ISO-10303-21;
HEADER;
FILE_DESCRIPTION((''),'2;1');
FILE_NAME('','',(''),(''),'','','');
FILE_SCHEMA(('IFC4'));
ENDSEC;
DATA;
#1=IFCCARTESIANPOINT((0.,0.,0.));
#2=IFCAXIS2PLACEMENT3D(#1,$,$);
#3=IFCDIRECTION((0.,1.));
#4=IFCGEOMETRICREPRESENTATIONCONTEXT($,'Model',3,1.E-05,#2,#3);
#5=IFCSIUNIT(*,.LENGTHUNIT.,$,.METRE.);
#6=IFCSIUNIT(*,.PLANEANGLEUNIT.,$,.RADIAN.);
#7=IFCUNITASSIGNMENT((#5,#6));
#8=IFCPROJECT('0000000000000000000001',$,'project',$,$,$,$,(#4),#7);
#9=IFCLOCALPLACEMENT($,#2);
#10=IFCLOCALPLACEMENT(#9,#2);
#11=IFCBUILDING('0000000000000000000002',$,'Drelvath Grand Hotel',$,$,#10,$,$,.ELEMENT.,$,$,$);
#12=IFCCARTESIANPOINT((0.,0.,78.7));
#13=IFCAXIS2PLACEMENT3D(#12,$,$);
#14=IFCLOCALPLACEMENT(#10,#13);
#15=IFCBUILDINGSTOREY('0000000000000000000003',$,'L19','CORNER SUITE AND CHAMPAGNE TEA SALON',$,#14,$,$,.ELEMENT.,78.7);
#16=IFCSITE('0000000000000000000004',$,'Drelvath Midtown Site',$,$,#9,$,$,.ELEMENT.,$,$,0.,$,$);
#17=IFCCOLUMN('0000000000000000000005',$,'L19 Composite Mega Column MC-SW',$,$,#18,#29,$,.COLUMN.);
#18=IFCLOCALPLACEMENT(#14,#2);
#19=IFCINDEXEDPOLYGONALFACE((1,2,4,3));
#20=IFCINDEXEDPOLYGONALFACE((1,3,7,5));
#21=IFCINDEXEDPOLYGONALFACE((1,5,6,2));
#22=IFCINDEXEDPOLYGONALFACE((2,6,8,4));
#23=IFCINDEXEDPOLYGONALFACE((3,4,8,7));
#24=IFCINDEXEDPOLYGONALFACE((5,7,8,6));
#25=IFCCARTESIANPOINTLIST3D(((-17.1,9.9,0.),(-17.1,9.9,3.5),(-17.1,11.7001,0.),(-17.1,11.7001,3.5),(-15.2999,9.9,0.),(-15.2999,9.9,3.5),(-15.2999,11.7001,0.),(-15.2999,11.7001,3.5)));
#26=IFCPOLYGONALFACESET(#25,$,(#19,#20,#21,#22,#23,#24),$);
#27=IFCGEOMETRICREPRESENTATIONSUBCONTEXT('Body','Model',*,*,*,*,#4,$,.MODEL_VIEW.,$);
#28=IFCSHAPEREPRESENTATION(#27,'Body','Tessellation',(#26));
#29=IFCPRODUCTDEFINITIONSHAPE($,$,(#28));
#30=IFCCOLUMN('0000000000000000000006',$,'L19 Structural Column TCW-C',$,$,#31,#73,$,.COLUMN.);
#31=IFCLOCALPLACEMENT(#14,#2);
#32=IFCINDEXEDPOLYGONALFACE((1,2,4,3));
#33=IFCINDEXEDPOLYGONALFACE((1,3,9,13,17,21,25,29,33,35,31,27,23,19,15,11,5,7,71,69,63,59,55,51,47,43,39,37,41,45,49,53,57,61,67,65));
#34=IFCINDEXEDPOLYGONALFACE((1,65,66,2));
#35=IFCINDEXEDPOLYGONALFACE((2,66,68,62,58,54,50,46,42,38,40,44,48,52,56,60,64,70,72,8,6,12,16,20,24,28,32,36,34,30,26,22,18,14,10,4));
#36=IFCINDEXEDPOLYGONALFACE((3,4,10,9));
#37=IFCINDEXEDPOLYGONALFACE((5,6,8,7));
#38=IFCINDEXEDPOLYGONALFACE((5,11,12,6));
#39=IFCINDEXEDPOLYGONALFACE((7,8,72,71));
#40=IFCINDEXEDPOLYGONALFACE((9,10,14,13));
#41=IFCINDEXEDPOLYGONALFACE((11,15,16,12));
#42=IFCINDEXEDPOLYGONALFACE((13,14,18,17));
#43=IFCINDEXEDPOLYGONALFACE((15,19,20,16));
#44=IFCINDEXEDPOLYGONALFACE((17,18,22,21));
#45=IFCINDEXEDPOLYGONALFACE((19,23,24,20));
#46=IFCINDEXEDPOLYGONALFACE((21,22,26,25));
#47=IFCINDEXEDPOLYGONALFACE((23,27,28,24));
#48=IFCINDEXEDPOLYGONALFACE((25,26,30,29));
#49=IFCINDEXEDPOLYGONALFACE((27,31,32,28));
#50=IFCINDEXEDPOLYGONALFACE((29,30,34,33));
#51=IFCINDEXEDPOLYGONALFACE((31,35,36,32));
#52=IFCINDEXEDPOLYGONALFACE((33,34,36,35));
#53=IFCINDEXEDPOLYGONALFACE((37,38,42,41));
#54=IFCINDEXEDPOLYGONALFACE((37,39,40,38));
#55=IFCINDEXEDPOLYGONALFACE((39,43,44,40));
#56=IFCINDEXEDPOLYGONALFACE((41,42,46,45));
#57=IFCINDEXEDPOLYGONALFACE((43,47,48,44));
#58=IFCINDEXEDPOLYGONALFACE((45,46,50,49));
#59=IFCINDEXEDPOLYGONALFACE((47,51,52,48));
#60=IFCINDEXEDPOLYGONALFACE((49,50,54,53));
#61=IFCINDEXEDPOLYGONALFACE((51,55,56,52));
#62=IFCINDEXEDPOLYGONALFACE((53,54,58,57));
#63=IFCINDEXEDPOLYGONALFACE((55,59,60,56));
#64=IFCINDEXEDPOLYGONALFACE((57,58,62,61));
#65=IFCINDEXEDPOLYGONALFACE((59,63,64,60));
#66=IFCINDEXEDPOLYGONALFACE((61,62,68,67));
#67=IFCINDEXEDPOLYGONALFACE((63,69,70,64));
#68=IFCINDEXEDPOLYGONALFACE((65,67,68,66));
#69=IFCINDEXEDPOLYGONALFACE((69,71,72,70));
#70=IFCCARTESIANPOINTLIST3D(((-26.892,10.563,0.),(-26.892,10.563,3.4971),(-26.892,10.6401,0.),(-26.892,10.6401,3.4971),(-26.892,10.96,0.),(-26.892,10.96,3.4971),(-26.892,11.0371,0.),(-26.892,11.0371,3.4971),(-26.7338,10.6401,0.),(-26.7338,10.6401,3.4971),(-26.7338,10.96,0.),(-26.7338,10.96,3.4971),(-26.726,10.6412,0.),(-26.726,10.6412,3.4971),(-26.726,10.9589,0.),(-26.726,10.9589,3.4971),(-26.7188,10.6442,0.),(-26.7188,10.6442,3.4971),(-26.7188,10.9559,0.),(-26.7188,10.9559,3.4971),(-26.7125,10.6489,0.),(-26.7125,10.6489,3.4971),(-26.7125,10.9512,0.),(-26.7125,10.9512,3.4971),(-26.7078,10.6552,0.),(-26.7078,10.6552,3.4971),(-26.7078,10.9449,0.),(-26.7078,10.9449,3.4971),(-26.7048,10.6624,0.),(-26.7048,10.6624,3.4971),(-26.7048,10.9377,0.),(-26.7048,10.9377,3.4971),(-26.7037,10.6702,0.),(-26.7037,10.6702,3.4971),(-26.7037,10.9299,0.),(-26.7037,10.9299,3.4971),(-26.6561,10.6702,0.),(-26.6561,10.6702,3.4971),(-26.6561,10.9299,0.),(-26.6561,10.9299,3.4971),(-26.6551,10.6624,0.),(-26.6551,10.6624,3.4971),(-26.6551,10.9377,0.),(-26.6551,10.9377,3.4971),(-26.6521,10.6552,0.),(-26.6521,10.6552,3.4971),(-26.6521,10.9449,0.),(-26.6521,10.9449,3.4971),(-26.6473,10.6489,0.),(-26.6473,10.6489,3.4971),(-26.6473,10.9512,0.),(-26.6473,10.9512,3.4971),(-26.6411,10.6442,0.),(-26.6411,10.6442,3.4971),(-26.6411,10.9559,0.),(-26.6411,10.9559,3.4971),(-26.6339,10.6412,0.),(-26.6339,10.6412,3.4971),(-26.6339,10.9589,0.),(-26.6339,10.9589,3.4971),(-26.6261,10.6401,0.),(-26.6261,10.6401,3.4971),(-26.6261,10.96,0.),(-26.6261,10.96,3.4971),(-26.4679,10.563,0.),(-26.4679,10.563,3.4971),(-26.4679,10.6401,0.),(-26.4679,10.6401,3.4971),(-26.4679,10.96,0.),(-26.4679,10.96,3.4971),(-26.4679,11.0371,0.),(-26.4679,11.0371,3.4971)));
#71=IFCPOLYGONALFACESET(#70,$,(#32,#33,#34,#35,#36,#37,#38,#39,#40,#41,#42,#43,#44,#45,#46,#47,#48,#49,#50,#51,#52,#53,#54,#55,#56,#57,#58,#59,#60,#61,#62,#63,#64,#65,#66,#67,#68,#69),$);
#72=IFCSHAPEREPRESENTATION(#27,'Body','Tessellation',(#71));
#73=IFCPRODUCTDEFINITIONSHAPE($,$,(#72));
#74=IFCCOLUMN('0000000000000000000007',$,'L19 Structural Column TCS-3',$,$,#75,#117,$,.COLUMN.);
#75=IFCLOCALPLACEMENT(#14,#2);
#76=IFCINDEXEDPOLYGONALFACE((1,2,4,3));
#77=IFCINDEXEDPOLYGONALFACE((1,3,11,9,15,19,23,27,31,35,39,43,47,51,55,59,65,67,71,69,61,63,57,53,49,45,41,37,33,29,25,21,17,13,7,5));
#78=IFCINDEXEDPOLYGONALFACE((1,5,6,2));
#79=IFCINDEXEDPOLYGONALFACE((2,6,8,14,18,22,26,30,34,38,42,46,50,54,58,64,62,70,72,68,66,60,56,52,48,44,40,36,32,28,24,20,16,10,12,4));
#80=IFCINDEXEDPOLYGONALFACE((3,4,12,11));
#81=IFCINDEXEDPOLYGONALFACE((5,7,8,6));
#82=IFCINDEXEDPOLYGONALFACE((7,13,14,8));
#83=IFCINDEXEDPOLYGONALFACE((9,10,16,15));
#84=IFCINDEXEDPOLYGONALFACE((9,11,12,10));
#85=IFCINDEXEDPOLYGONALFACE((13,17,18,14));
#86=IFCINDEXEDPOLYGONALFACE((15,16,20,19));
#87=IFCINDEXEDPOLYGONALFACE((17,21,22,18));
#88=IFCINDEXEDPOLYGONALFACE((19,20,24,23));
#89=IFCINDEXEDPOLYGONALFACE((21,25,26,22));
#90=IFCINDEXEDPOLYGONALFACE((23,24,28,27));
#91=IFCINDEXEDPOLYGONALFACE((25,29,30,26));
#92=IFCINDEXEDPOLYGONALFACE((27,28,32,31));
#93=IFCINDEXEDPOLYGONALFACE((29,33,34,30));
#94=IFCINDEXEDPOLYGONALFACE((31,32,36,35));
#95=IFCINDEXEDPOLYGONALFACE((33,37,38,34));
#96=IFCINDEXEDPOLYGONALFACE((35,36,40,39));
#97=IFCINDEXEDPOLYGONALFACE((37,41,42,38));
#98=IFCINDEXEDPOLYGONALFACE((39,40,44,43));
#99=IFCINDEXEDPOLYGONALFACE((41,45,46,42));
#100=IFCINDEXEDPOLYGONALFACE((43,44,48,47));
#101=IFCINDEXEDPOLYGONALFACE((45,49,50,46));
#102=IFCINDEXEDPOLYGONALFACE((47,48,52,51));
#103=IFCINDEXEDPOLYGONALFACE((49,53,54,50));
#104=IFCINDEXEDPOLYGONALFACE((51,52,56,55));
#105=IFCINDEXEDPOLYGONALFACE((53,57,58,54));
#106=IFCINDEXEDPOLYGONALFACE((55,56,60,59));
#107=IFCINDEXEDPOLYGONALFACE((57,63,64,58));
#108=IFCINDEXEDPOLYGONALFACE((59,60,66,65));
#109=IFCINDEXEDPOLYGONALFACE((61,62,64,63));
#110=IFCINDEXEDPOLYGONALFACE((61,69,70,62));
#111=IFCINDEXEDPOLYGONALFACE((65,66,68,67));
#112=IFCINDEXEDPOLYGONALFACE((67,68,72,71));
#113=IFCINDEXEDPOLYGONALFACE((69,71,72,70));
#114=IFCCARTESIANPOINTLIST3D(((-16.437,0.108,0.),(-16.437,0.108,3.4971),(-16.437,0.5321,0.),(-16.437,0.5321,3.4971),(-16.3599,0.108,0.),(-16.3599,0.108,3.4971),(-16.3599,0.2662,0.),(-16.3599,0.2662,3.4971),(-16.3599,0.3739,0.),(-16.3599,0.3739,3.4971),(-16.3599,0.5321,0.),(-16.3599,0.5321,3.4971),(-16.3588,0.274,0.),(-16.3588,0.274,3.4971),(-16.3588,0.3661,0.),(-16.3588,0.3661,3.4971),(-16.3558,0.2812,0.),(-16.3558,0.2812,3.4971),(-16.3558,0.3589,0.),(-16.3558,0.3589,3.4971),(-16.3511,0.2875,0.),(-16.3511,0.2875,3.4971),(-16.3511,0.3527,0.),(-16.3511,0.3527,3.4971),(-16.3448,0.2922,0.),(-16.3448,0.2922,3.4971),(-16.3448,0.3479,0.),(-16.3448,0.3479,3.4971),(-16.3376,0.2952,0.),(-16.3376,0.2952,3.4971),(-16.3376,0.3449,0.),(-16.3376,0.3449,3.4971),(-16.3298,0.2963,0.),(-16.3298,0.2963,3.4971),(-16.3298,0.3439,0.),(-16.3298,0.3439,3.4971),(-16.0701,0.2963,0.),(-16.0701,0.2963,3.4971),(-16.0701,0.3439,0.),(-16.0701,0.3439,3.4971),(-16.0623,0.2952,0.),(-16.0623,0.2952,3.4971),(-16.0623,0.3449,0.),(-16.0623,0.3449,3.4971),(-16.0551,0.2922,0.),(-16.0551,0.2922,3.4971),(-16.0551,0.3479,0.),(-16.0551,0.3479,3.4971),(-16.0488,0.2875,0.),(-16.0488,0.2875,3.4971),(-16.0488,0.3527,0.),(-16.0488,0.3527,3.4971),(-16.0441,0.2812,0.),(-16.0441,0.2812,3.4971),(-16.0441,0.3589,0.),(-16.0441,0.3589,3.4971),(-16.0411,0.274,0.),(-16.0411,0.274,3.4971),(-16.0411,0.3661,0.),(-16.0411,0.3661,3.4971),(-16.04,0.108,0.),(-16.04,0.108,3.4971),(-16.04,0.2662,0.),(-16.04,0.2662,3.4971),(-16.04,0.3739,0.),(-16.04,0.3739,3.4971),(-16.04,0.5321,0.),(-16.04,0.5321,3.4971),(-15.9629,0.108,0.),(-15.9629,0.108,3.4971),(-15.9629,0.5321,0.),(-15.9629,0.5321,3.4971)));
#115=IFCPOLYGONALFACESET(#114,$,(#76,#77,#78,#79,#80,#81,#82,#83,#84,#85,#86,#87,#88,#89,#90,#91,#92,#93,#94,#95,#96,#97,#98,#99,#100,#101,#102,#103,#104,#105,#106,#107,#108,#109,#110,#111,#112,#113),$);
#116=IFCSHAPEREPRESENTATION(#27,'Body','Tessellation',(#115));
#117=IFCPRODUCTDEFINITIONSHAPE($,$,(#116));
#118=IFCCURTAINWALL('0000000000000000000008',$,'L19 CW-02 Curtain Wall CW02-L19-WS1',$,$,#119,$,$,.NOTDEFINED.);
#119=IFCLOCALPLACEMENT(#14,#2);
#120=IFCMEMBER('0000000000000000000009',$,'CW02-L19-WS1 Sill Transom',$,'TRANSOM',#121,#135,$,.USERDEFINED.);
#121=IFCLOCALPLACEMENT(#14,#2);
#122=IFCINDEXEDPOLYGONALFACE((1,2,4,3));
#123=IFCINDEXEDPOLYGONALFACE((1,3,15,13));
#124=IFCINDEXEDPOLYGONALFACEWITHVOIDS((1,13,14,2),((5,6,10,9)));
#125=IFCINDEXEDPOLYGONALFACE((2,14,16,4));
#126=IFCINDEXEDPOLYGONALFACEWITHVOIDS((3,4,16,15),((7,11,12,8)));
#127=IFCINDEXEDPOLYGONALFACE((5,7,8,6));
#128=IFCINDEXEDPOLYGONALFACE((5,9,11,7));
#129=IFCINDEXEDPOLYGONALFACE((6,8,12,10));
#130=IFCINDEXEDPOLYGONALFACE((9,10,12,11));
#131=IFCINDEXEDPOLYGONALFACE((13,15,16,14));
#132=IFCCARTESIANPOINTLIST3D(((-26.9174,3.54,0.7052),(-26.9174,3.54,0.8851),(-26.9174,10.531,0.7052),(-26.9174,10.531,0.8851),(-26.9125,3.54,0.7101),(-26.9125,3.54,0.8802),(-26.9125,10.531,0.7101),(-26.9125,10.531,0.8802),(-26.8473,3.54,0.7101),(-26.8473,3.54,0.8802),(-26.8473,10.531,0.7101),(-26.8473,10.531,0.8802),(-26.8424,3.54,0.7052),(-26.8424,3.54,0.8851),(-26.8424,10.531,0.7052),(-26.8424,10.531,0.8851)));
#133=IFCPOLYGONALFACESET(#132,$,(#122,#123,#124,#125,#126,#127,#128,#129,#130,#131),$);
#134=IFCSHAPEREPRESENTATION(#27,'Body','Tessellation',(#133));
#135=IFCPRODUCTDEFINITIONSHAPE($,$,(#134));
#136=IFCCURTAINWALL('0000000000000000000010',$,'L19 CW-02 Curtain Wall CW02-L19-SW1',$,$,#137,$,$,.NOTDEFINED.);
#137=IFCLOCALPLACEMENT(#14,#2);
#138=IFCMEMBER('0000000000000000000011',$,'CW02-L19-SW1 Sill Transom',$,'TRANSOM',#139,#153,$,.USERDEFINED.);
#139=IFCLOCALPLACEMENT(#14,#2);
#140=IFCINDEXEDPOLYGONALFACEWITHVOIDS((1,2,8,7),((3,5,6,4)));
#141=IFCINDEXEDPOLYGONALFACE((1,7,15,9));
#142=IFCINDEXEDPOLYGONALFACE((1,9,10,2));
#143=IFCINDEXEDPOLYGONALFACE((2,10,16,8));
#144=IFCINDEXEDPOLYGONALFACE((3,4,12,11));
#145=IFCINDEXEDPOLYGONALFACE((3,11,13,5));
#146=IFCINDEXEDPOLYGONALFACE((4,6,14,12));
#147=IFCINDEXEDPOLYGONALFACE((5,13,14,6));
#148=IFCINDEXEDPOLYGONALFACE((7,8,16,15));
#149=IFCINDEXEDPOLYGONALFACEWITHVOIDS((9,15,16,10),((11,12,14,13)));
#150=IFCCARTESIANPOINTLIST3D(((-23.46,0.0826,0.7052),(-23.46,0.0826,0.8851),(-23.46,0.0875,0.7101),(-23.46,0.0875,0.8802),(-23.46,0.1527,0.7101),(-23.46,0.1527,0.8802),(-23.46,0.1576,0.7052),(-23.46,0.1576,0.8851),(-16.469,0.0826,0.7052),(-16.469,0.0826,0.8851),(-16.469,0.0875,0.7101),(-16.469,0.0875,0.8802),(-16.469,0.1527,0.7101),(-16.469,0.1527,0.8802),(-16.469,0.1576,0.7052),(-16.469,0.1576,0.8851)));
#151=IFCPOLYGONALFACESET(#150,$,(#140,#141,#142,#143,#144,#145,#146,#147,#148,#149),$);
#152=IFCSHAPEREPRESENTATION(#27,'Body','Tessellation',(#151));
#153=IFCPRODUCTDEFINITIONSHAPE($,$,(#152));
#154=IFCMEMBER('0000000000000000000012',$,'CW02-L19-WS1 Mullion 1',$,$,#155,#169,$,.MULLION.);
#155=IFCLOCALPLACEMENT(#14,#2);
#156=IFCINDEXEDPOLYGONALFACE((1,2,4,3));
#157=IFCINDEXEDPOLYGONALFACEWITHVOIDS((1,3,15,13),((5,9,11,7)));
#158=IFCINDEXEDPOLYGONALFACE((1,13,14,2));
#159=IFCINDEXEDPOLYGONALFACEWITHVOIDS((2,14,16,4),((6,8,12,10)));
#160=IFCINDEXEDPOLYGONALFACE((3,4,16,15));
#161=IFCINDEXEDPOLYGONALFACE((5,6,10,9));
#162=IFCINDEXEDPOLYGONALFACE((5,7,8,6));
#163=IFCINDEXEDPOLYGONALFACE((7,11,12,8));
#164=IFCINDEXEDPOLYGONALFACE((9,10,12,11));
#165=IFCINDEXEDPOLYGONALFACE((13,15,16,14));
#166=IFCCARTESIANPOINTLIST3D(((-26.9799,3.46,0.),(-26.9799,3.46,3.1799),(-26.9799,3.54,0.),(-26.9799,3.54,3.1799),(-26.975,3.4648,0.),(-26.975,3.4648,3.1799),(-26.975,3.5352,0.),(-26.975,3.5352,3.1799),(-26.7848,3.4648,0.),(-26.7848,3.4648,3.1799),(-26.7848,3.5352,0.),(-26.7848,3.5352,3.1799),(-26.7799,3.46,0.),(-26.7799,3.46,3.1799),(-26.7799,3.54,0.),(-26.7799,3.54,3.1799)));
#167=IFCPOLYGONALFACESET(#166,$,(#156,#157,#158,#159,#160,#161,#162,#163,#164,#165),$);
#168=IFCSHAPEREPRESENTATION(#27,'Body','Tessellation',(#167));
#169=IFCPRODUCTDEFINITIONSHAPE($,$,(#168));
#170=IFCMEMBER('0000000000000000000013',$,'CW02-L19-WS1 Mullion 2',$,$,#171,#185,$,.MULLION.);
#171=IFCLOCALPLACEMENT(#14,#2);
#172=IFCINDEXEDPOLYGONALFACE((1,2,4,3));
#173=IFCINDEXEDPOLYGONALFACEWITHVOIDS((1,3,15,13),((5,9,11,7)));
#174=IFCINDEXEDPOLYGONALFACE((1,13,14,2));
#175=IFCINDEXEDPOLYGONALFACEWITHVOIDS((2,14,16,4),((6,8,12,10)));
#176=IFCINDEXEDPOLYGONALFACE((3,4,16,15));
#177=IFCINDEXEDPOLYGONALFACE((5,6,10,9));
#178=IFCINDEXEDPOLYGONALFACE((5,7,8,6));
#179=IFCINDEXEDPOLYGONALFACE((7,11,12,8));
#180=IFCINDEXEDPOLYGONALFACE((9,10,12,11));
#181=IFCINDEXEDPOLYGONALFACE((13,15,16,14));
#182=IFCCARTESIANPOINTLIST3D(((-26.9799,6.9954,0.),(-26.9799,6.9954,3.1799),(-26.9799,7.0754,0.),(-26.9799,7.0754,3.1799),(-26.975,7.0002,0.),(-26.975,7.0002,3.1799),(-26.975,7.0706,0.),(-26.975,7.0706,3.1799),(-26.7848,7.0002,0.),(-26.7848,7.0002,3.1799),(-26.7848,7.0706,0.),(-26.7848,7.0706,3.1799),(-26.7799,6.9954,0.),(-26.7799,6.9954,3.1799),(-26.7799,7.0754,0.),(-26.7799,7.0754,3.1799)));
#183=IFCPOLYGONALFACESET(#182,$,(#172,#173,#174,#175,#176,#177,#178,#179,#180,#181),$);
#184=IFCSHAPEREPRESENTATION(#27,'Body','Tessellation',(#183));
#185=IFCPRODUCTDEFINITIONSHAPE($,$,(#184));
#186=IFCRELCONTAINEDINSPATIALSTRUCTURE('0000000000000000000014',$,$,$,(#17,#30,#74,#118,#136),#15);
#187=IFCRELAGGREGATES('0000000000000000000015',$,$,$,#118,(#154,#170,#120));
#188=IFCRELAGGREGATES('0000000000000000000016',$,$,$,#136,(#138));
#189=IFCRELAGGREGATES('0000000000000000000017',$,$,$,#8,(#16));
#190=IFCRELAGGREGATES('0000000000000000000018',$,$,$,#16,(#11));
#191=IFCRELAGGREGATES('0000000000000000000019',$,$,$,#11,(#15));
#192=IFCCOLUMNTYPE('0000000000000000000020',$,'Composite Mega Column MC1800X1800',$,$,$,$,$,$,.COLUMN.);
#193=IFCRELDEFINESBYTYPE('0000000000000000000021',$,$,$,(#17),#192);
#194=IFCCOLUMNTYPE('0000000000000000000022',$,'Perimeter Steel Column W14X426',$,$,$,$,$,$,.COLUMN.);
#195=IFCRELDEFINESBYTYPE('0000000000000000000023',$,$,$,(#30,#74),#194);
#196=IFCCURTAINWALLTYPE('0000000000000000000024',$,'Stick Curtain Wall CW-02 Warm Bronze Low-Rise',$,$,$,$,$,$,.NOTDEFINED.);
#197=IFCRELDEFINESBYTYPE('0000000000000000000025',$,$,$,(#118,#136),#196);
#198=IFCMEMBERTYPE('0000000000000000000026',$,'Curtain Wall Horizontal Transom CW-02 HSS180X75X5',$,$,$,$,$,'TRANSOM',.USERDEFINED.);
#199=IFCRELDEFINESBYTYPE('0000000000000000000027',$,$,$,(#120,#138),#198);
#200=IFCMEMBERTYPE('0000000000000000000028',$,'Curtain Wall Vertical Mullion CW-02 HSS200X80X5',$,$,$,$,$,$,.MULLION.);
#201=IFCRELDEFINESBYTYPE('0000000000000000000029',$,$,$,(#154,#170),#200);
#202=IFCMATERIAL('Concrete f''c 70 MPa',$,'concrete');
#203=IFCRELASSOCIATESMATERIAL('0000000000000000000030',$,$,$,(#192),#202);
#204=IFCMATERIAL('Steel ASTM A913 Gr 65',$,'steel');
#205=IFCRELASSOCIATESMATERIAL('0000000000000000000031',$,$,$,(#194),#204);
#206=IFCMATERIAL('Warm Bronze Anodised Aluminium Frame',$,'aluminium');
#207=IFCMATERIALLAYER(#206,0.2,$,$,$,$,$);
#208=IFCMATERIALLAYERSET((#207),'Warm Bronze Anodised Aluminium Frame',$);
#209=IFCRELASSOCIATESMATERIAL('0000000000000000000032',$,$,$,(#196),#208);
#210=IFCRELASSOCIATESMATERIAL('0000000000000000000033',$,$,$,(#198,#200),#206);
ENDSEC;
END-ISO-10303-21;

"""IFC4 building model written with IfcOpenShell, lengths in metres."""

from ifc_helpers import new_model, si_unit, direction, frame, origin, origin_2d, place, context, subcontext, project, spatial, rectangle, hollow_rectangle, i_section, extrude, material, layer, layer_set, material_profile, profile_set, type_object, element, aggregate, save


model = new_model("IFC4")

# Units and contexts
model_context = context("Model", 3, precision=1e-05, world=origin(), true_north=direction((0.0, 1.0)))
body_context = subcontext(model_context, "Body", "Model", "MODEL_VIEW")
ifc_project = project(units=[si_unit("LENGTHUNIT", "METRE"), si_unit("PLANEANGLEUNIT", "RADIAN")], contexts=[model_context])

# Site, building, storey
site_placement = place(None, origin())
site = spatial("IfcSite", under=ifc_project, at=site_placement, Name="Drelvath Midtown Site", CompositionType="ELEMENT", RefElevation=0.0)
building_placement = place(site_placement, origin())
building = spatial("IfcBuilding", under=site, at=building_placement, Name="Drelvath Grand Hotel", CompositionType="ELEMENT")
storey_placement = place(building_placement, frame((0.0, 0.0, 78.7)))
storey = spatial("IfcBuildingStorey", under=building, at=storey_placement, Name="L19", Description="CORNER SUITE AND CHAMPAGNE TEA SALON", CompositionType="ELEMENT", Elevation=78.7)

# Columns
ifc_material_1 = material(Name="Concrete f'c 70 MPa", Category="concrete")
ifc_material_profile_1 = material_profile(ifc_material_1, rectangle(XDim=1.8, YDim=1.8, at=origin_2d()), Name="MC1800X1800")
ifc_profile_set_1 = profile_set([ifc_material_profile_1], Name="Concrete f'c 70 MPa")
column_type_1 = type_object("IfcColumnType", Name="Composite Mega Column MC1800X1800", PredefinedType="COLUMN", material=ifc_profile_set_1)
column_placement = place(storey_placement, frame((-16.2, 10.8, 0.0), z_axis=(0.0, 0.0, 1.0), x_axis=(1.0, 0.0, 0.0)))
element("IfcColumn", 1, at=column_placement, inside=storey, type_object=column_type_1, Name="L19 Composite Mega Column MC-SW", PredefinedType="COLUMN", context=body_context, shape_type="SweptSolid", body=[
    extrude(rectangle(XDim=1.8, YDim=1.8, at=origin_2d()), origin(), (0.0, 0.0, 1.0), 3.5),
])
ifc_material_2 = material(Name="Steel ASTM A913 Gr 65", Category="steel")
ifc_material_profile_2 = material_profile(ifc_material_2, i_section(OverallWidth=0.4241, OverallDepth=0.4741, WebThickness=0.0476, FlangeThickness=0.0771, FilletRadius=0.03, at=origin_2d()), Name="W14X426")
ifc_profile_set_2 = profile_set([ifc_material_profile_2], Name="Steel ASTM A913 Gr 65")
column_type_2 = type_object("IfcColumnType", Name="Perimeter Steel Column W14X426", PredefinedType="COLUMN", material=ifc_profile_set_2)
for number, where, z_axis, x_axis, name in (
    (2, (-26.6799, 10.8, 0.0), (0.0, 0.0, 1.0), (1.0, 0.0, 0.0), "L19 Structural Column TCW-C"),
    (3, (-16.2, 0.3201, 0.0), (0.0, 0.0, 1.0), (0.0, 1.0, 0.0), "L19 Structural Column TCS-3"),
):
    element("IfcColumn", number, at=place(storey_placement, frame(where, z_axis=z_axis, x_axis=x_axis)), inside=storey, type_object=column_type_2, Name=name, PredefinedType="COLUMN", context=body_context, shape_type="SweptSolid", body=[
        extrude(i_section(OverallWidth=0.4241, OverallDepth=0.4741, WebThickness=0.0476, FlangeThickness=0.0771, FilletRadius=0.03, at=origin_2d()), origin(), (0.0, 0.0, 1.0), 3.4971),
    ])

# Curtain walls, members
ifc_material_3 = material(Name="Warm Bronze Anodised Aluminium Frame", Category="aluminium")
ifc_layer_1 = layer(ifc_material_3, 0.2)
ifc_layer_set_1 = layer_set([ifc_layer_1], Name="Warm Bronze Anodised Aluminium Frame")
curtain_wall_type = type_object("IfcCurtainWallType", Name="Stick Curtain Wall CW-02 Warm Bronze Low-Rise", PredefinedType="NOTDEFINED", material=ifc_layer_set_1)
curtain_wall_1_placement = place(storey_placement, origin())
curtain_wall_1 = element("IfcCurtainWall", 4, at=curtain_wall_1_placement, inside=storey, type_object=curtain_wall_type, Name="L19 CW-02 Curtain Wall CW02-L19-WS1", PredefinedType="NOTDEFINED")
ifc_material_profile_3 = material_profile(ifc_material_3, hollow_rectangle(XDim=0.075, YDim=0.1799, WallThickness=0.0049, at=origin_2d()), Name="HSS180X75X5")
ifc_profile_set_3 = profile_set([ifc_material_profile_3], Name="Warm Bronze Anodised Aluminium Frame")
member_type_1 = type_object("IfcMemberType", Name="Curtain Wall Horizontal Transom CW-02 HSS180X75X5", ElementType="TRANSOM", PredefinedType="USERDEFINED", material=ifc_profile_set_3)
member_1_placement = place(storey_placement, frame((-26.8799, 3.54, 0.7952), z_axis=(0.0, 1.0, 0.0), x_axis=(-1.0, 0.0, 0.0)))
member_1 = element("IfcMember", 5, at=member_1_placement, type_object=member_type_1, Name="CW02-L19-WS1 Sill Transom", ObjectType="TRANSOM", PredefinedType="USERDEFINED", context=body_context, shape_type="SweptSolid", body=[
    extrude(hollow_rectangle(XDim=0.075, YDim=0.1799, WallThickness=0.0049, at=origin_2d()), origin(), (0.0, 0.0, 1.0), 6.991),
])
curtain_wall_2_placement = place(storey_placement, origin())
curtain_wall_2 = element("IfcCurtainWall", 6, at=curtain_wall_2_placement, inside=storey, type_object=curtain_wall_type, Name="L19 CW-02 Curtain Wall CW02-L19-SW1", PredefinedType="NOTDEFINED")
member_2_placement = place(storey_placement, frame((-16.469, 0.1201, 0.7952), z_axis=(-1.0, 0.0, 0.0), x_axis=(0.0, -1.0, 0.0)))
member_2 = element("IfcMember", 7, at=member_2_placement, type_object=member_type_1, Name="CW02-L19-SW1 Sill Transom", ObjectType="TRANSOM", PredefinedType="USERDEFINED", context=body_context, shape_type="SweptSolid", body=[
    extrude(hollow_rectangle(XDim=0.075, YDim=0.1799, WallThickness=0.0049, at=origin_2d()), origin(), (0.0, 0.0, 1.0), 6.991),
])

# Members
ifc_material_profile_4 = material_profile(ifc_material_3, hollow_rectangle(XDim=0.0801, YDim=0.2, WallThickness=0.0049, at=origin_2d()), Name="HSS200X80X5")
ifc_profile_set_4 = profile_set([ifc_material_profile_4], Name="Warm Bronze Anodised Aluminium Frame")
member_type_2 = type_object("IfcMemberType", Name="Curtain Wall Vertical Mullion CW-02 HSS200X80X5", PredefinedType="MULLION", material=ifc_profile_set_4)
member_3_placement = place(storey_placement, frame((-26.8799, 3.5, 0.0), z_axis=(0.0, 0.0, 1.0), x_axis=(0.0, 1.0, 0.0)))
member_3 = element("IfcMember", 8, at=member_3_placement, type_object=member_type_2, Name="CW02-L19-WS1 Mullion 1", PredefinedType="MULLION", context=body_context, shape_type="SweptSolid", body=[
    extrude(hollow_rectangle(XDim=0.0801, YDim=0.2, WallThickness=0.0049, at=origin_2d()), origin(), (0.0, 0.0, 1.0), 3.1799),
])
member_4_placement = place(storey_placement, frame((-26.8799, 7.0354, 0.0), z_axis=(0.0, 0.0, 1.0), x_axis=(0.0, 1.0, 0.0)))
member_4 = element("IfcMember", 9, at=member_4_placement, type_object=member_type_2, Name="CW02-L19-WS1 Mullion 2", PredefinedType="MULLION", context=body_context, shape_type="SweptSolid", body=[
    extrude(hollow_rectangle(XDim=0.0801, YDim=0.2, WallThickness=0.0049, at=origin_2d()), origin(), (0.0, 0.0, 1.0), 3.1799),
])

aggregate(curtain_wall_1, [member_3, member_4, member_1])
aggregate(curtain_wall_2, [member_2])

save(model, "model.ifc")
